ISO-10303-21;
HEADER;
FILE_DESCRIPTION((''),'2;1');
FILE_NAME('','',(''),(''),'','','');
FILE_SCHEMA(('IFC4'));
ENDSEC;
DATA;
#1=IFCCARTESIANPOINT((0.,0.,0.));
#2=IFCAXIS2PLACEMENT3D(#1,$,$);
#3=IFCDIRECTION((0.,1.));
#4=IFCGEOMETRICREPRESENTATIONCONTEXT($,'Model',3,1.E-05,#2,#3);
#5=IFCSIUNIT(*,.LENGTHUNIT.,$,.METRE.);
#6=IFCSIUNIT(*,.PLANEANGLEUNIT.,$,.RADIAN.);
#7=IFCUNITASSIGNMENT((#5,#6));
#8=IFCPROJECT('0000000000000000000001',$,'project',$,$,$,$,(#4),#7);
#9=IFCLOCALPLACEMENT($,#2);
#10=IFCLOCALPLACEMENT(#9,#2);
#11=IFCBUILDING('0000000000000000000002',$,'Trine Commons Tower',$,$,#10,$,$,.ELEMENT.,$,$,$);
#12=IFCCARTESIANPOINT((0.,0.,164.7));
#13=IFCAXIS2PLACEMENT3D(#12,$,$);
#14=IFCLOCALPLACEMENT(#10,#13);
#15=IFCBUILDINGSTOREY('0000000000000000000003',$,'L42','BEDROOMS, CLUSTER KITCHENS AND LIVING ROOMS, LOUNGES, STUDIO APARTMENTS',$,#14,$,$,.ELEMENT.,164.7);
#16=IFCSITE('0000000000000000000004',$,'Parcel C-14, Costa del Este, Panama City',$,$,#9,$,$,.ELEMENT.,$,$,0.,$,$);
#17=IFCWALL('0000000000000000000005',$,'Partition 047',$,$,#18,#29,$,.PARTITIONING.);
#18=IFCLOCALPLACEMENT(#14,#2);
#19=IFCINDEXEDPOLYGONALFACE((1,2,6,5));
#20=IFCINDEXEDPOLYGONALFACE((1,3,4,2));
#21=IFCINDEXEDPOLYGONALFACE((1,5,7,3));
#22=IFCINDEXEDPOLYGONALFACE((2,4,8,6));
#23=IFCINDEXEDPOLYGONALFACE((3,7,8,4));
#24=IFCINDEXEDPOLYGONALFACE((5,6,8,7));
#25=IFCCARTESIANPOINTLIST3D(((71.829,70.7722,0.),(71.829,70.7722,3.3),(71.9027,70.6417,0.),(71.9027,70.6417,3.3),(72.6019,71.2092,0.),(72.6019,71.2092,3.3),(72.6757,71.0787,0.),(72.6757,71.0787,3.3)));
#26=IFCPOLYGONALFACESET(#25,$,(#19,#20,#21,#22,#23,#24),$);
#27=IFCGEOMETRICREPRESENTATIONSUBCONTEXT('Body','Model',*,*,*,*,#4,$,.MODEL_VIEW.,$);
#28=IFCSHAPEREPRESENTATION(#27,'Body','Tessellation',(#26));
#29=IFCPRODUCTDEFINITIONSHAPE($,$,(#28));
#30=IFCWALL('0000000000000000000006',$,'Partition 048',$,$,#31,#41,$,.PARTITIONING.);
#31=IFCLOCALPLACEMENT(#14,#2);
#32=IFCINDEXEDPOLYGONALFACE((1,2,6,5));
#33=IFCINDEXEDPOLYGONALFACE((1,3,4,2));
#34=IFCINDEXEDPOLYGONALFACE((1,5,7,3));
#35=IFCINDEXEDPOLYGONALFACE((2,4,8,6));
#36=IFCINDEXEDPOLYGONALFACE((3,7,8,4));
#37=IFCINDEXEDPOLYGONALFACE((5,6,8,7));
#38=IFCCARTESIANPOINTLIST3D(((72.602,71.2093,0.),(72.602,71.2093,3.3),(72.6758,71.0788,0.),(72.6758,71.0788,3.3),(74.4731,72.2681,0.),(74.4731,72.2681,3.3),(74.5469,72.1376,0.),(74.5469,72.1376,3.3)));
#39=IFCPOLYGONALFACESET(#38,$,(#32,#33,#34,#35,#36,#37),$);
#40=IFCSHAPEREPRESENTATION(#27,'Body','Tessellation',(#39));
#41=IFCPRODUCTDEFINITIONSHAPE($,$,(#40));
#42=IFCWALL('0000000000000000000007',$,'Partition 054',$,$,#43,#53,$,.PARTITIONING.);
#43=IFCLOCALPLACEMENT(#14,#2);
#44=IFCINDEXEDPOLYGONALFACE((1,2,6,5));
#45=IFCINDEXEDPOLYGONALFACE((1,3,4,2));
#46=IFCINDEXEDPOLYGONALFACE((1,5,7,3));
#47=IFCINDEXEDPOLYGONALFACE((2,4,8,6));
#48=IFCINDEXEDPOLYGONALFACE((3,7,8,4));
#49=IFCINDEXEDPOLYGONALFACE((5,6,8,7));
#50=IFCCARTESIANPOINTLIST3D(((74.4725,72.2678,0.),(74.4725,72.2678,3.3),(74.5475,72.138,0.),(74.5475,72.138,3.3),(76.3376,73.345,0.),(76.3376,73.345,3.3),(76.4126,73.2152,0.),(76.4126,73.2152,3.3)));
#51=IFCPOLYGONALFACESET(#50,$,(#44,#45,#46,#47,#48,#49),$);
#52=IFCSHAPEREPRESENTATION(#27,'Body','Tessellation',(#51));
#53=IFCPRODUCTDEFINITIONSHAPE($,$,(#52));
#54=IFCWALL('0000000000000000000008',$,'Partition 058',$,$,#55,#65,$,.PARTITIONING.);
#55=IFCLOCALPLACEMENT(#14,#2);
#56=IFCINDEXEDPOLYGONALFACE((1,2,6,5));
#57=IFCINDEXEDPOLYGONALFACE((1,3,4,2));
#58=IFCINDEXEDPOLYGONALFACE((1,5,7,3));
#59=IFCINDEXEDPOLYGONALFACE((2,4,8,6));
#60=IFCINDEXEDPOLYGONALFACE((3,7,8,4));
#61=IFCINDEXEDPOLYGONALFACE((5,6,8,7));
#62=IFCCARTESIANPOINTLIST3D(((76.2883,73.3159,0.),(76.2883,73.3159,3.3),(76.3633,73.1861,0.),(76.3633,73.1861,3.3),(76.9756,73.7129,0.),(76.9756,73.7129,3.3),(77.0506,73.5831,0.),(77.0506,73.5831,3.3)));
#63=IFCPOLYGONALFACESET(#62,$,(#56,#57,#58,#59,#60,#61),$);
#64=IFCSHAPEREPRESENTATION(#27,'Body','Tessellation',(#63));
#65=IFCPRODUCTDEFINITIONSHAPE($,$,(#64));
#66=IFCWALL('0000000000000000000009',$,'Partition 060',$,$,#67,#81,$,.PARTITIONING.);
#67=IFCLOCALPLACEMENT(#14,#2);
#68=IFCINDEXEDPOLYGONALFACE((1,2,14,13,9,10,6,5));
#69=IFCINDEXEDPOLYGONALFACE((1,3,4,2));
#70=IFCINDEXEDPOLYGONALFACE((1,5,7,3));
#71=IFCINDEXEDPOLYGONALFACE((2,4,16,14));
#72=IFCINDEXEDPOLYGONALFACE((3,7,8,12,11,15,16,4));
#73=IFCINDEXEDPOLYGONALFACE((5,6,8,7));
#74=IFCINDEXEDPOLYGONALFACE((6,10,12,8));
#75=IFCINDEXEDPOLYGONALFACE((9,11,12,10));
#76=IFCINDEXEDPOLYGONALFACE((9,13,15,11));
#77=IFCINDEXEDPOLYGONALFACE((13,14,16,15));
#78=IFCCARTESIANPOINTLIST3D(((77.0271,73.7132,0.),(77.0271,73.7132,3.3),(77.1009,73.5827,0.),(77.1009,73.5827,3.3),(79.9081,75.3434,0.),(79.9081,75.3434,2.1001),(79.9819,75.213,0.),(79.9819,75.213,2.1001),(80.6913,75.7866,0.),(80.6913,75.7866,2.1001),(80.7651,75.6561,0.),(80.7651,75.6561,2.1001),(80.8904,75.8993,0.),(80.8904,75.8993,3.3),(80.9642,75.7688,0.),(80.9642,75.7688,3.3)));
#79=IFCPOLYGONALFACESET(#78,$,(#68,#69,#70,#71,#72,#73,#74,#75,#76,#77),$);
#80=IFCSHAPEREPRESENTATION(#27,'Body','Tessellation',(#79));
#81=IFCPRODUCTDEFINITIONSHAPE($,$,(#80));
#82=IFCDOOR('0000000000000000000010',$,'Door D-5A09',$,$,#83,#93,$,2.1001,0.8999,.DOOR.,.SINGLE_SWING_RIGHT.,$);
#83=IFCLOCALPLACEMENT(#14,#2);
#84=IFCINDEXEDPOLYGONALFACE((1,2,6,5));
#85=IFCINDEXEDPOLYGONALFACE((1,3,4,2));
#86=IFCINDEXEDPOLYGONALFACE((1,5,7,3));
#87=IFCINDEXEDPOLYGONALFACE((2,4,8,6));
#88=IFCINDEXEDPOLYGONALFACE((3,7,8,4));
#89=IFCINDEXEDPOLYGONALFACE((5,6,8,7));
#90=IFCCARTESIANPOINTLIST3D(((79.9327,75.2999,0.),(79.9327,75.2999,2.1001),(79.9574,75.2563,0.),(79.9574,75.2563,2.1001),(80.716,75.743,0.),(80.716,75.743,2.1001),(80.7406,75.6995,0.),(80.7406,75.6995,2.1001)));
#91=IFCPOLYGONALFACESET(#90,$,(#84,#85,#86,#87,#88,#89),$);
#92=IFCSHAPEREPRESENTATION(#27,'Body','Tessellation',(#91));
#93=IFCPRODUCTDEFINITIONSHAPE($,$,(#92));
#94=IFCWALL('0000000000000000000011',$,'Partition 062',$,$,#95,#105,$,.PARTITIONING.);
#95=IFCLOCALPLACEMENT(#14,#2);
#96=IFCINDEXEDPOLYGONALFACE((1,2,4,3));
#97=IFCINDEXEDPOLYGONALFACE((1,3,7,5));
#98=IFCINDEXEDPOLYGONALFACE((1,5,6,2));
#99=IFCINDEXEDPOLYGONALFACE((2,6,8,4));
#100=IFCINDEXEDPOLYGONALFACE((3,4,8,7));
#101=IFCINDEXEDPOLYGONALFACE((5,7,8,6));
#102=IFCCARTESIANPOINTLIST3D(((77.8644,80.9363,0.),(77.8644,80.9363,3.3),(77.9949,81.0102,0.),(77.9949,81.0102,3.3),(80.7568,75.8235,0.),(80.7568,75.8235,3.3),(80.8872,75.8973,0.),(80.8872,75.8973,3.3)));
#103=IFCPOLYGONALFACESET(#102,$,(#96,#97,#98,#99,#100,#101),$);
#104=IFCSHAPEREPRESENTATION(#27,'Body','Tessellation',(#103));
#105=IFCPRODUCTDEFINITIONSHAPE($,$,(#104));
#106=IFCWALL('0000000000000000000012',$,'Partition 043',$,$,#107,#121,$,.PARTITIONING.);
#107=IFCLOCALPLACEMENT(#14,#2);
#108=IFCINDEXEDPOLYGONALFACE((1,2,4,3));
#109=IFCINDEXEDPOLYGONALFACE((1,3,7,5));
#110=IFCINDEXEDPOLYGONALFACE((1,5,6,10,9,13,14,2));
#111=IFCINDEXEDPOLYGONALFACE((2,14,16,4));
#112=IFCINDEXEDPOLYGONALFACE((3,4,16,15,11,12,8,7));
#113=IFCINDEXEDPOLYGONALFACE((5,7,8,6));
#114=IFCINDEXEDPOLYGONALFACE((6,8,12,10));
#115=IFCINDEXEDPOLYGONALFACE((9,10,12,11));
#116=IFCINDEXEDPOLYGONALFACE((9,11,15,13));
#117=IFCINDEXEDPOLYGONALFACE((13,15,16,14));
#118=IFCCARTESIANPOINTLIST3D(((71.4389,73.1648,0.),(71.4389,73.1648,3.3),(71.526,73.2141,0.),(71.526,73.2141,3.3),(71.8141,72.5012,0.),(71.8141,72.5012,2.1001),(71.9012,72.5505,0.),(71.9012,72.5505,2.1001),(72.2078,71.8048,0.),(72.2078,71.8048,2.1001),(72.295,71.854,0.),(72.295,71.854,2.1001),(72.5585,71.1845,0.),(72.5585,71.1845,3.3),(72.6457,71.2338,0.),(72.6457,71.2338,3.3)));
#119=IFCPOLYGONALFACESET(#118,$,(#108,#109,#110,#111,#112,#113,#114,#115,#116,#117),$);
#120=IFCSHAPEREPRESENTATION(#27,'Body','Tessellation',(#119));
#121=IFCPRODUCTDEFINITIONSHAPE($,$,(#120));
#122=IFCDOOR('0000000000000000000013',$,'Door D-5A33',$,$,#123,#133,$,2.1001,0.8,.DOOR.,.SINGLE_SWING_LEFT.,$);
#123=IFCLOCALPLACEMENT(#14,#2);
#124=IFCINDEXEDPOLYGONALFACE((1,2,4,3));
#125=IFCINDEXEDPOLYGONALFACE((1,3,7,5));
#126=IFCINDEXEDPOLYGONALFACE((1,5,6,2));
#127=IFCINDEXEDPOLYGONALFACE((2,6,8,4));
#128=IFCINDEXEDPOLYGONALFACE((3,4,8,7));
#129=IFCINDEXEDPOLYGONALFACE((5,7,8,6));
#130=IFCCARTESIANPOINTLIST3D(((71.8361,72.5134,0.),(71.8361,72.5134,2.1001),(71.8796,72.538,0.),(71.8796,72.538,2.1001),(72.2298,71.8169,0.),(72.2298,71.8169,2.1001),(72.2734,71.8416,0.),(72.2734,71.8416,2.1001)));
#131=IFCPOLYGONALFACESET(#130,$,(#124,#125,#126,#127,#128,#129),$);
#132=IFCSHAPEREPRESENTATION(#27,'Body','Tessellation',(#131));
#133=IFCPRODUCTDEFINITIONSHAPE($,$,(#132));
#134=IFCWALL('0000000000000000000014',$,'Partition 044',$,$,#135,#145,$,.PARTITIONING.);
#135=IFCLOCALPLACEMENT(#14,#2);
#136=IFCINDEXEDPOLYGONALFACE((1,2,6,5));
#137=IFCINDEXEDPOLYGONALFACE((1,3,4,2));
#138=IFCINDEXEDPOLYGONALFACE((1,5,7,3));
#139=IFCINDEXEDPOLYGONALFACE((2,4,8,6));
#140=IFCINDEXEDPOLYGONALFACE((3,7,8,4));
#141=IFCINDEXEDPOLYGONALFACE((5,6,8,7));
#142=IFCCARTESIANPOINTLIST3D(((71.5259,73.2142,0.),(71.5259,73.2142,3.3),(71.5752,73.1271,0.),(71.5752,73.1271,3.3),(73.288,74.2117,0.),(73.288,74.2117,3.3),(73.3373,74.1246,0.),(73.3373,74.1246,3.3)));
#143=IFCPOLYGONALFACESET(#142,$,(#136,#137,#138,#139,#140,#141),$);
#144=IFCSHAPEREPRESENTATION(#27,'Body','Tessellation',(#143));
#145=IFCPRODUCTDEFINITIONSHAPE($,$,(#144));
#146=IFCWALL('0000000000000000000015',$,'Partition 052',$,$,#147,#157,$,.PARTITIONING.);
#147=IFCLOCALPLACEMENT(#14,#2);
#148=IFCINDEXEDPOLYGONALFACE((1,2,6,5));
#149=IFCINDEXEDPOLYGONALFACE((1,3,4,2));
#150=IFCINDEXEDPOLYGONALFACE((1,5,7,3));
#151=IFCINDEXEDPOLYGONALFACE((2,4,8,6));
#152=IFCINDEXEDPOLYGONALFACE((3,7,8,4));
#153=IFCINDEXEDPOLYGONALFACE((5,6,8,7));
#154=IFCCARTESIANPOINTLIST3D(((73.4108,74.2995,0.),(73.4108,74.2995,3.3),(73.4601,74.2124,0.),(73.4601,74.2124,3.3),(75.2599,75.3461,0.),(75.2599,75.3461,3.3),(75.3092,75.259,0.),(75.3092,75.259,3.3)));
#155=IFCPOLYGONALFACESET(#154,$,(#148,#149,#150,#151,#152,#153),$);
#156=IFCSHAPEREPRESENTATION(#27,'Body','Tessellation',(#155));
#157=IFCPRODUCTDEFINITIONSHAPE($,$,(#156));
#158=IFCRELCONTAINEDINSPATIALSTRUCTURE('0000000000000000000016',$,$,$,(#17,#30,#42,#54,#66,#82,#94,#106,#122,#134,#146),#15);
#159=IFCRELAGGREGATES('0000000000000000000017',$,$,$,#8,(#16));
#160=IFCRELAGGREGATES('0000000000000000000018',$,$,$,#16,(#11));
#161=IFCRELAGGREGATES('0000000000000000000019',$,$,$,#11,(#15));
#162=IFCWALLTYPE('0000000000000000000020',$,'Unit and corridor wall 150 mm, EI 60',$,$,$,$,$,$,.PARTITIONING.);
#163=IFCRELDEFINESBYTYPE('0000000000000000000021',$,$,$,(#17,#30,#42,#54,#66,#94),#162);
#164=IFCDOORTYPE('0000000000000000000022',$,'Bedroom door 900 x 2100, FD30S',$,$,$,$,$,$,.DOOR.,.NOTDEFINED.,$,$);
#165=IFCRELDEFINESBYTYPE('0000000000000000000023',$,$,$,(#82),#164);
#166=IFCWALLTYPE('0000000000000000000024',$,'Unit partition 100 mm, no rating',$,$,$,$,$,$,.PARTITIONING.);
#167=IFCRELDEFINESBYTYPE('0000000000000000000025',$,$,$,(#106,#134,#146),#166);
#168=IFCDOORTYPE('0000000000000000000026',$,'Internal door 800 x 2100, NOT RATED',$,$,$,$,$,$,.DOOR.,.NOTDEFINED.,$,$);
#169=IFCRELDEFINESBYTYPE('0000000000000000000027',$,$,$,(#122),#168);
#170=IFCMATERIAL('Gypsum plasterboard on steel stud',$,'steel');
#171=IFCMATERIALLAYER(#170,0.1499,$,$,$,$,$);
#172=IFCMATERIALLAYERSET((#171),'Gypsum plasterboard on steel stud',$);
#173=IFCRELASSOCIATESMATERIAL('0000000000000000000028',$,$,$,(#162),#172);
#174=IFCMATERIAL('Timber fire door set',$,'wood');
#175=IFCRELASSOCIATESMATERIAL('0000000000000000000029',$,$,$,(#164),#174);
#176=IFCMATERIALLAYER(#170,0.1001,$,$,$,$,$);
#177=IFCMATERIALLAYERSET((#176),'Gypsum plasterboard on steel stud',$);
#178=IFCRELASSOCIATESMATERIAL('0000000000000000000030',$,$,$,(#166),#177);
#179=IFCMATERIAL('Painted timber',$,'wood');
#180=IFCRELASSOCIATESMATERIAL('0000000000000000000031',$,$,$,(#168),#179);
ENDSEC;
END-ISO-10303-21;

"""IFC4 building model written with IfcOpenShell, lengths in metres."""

from ifc_helpers import new_model, si_unit, direction, frame, frame_2d, origin, place, context, subcontext, project, spatial, rectangle, extrude, material, layer, layer_set, type_object, element, fill, save


model = new_model("IFC4")

# Units and contexts
model_context = context("Model", 3, precision=1e-05, world=origin(), true_north=direction((0.0, 1.0)))
body_context = subcontext(model_context, "Body", "Model", "MODEL_VIEW")
ifc_project = project(units=[si_unit("LENGTHUNIT", "METRE"), si_unit("PLANEANGLEUNIT", "RADIAN")], contexts=[model_context])

# Site, building, storey
site_placement = place(None, origin())
site = spatial("IfcSite", under=ifc_project, at=site_placement, Name="Parcel C-14, Costa del Este, Panama City", CompositionType="ELEMENT", RefElevation=0.0)
building_placement = place(site_placement, origin())
building = spatial("IfcBuilding", under=site, at=building_placement, Name="Trine Commons Tower", CompositionType="ELEMENT")
storey_placement = place(building_placement, frame((0.0, 0.0, 164.7)))
storey = spatial("IfcBuildingStorey", under=building, at=storey_placement, Name="L42", Description="BEDROOMS, CLUSTER KITCHENS AND LIVING ROOMS, LOUNGES, STUDIO APARTMENTS", CompositionType="ELEMENT", Elevation=164.7)

# Walls
ifc_material_1 = material(Name="Gypsum plasterboard on steel stud", Category="steel")
ifc_layer_1 = layer(ifc_material_1, 0.1499)
ifc_layer_set_1 = layer_set([ifc_layer_1], Name="Gypsum plasterboard on steel stud")
wall_type_1 = type_object("IfcWallType", Name="Unit and corridor wall 150 mm, EI 60", PredefinedType="PARTITIONING", material=ifc_layer_set_1)
wall_1_placement = place(storey_placement, frame((71.866, 70.707, 0.0), z_axis=(0.0, 0.0, 1.0), x_axis=(0.870501, 0.492166, 0.0)))
element("IfcWall", 1, at=wall_1_placement, inside=storey, type_object=wall_type_1, Name="Partition 047", PredefinedType="PARTITIONING", context=body_context, shape_type="SweptSolid", body=[
    extrude(rectangle(XDim=0.8879, YDim=0.1499, at=frame_2d((0.4438, 0.0))), origin(), (0.0, 0.0, 1.0), 3.3),
])
wall_2_placement = place(storey_placement, frame((72.6389, 71.144, 0.0), z_axis=(0.0, 0.0, 1.0), x_axis=(0.870311, 0.492502, 0.0)))
element("IfcWall", 2, at=wall_2_placement, inside=storey, type_object=wall_type_1, Name="Partition 048", PredefinedType="PARTITIONING", context=body_context, shape_type="SweptSolid", body=[
    extrude(rectangle(XDim=2.1499, YDim=0.1499, at=frame_2d((1.075, 0.0))), origin(), (0.0, 0.0, 1.0), 3.3),
])
wall_3_placement = place(storey_placement, frame((74.51, 72.2029, 0.0), z_axis=(0.0, 0.0, 1.0), x_axis=(0.865946, 0.500138, 0.0)))
element("IfcWall", 3, at=wall_3_placement, inside=storey, type_object=wall_type_1, Name="Partition 054", PredefinedType="PARTITIONING", context=body_context, shape_type="SweptSolid", body=[
    extrude(rectangle(XDim=2.1538, YDim=0.1499, at=frame_2d((1.0769, 0.0))), origin(), (0.0, 0.0, 1.0), 3.3),
])
wall_4_placement = place(storey_placement, frame((76.3257, 73.251, 0.0), z_axis=(0.0, 0.0, 1.0), x_axis=(0.865924, 0.500175, 0.0)))
element("IfcWall", 4, at=wall_4_placement, inside=storey, type_object=wall_type_1, Name="Partition 058", PredefinedType="PARTITIONING", context=body_context, shape_type="SweptSolid", body=[
    extrude(rectangle(XDim=0.7937, YDim=0.1499, at=frame_2d((0.397, 0.0))), origin(), (0.0, 0.0, 1.0), 3.3),
])

# Wall, opening, door
wall_5_placement = place(storey_placement, frame((77.064, 73.6479, 0.0), z_axis=(0.0, 0.0, 1.0), x_axis=(0.870327, 0.492474, 0.0)))
wall_5 = element("IfcWall", 5, at=wall_5_placement, inside=storey, type_object=wall_type_1, Name="Partition 060", PredefinedType="PARTITIONING", context=body_context, shape_type="SweptSolid", body=[
    extrude(rectangle(XDim=4.439, YDim=0.1499, at=frame_2d((2.2195, 0.0))), origin(), (0.0, 0.0, 1.0), 3.3),
])
opening_1_placement = place(wall_5_placement, frame((3.3103, 0.0, 0.0)))
opening_1 = element("IfcOpeningElement", 6, at=opening_1_placement, cuts=wall_5, PredefinedType="OPENING", context=body_context, shape_type="SweptSolid", body=[
    extrude(rectangle(XDim=0.8999, YDim=2.1001, at=frame_2d((0.45, 1.05))), frame((0.0, 0.085, 0.0), z_axis=(0.0, -1.0, 0.0), x_axis=(1.0, 0.0, 0.0)), (0.0, 0.0, 1.0), 0.1699),
])
ifc_material_2 = material(Name="Timber fire door set", Category="wood")
door_type_1 = type_object("IfcDoorType", Name="Bedroom door 900 x 2100, FD30S", OperationType="NOTDEFINED", PredefinedType="DOOR", material=ifc_material_2)
door_1_placement = place(opening_1_placement, origin())
door_1 = element("IfcDoor", 7, at=door_1_placement, inside=storey, type_object=door_type_1, Name="Door D-5A09", OperationType="SINGLE_SWING_RIGHT", OverallHeight=2.1001, OverallWidth=0.8999, PredefinedType="DOOR", context=body_context, shape_type="SweptSolid", body=[
    extrude(rectangle(XDim=0.8999, YDim=2.1001, at=frame_2d((0.45, 1.05))), frame((0.0, 0.0249, 0.0), z_axis=(0.0, -1.0, 0.0), x_axis=(1.0, 0.0, 0.0)), (0.0, 0.0, 1.0), 0.05),
])
fill(opening_1, door_1)

# Wall
wall_6_placement = place(storey_placement, frame((77.9297, 80.9731, 0.0), z_axis=(0.0, 0.0, 1.0), x_axis=(0.492379, -0.870381, 0.0)))
element("IfcWall", 8, at=wall_6_placement, inside=storey, type_object=wall_type_1, Name="Partition 062", PredefinedType="PARTITIONING", context=body_context, shape_type="SweptSolid", body=[
    extrude(rectangle(XDim=5.8743, YDim=0.1499, at=frame_2d((2.937, 0.0))), origin(), (0.0, 0.0, 1.0), 3.3),
])

# Wall, opening, door
ifc_layer_2 = layer(ifc_material_1, 0.1001)
ifc_layer_set_2 = layer_set([ifc_layer_2], Name="Gypsum plasterboard on steel stud")
wall_type_2 = type_object("IfcWallType", Name="Unit partition 100 mm, no rating", PredefinedType="PARTITIONING", material=ifc_layer_set_2)
wall_7_placement = place(storey_placement, frame((71.4824, 73.1895, 0.0), z_axis=(0.0, 0.0, 1.0), x_axis=(0.492181, -0.870493, 0.0)))
wall_7 = element("IfcWall", 9, at=wall_7_placement, inside=storey, type_object=wall_type_2, Name="Partition 043", PredefinedType="PARTITIONING", context=body_context, shape_type="SweptSolid", body=[
    extrude(rectangle(XDim=2.2749, YDim=0.1001, at=frame_2d((1.1375, 0.0))), origin(), (0.0, 0.0, 1.0), 3.3),
])
opening_2_placement = place(wall_7_placement, frame((0.7625, 0.0, 0.0)))
opening_2 = element("IfcOpeningElement", 10, at=opening_2_placement, cuts=wall_7, PredefinedType="OPENING", context=body_context, shape_type="SweptSolid", body=[
    extrude(rectangle(XDim=0.8, YDim=2.1001, at=frame_2d((0.3999, 1.05))), frame((0.0, 0.0601, 0.0), z_axis=(0.0, -1.0, 0.0), x_axis=(1.0, 0.0, 0.0)), (0.0, 0.0, 1.0), 0.1201),
])
ifc_material_3 = material(Name="Painted timber", Category="wood")
door_type_2 = type_object("IfcDoorType", Name="Internal door 800 x 2100, NOT RATED", OperationType="NOTDEFINED", PredefinedType="DOOR", material=ifc_material_3)
door_2_placement = place(opening_2_placement, frame((0.8, 0.0, 0.0), z_axis=(0.0, 0.0, 1.0), x_axis=(-1.0, 0.0, 0.0)))
door_2 = element("IfcDoor", 11, at=door_2_placement, inside=storey, type_object=door_type_2, Name="Door D-5A33", OperationType="SINGLE_SWING_LEFT", OverallHeight=2.1001, OverallWidth=0.8, PredefinedType="DOOR", context=body_context, shape_type="SweptSolid", body=[
    extrude(rectangle(XDim=0.8, YDim=2.1001, at=frame_2d((0.3999, 1.05))), frame((0.0, 0.0249, 0.0), z_axis=(0.0, -1.0, 0.0), x_axis=(1.0, 0.0, 0.0)), (0.0, 0.0, 1.0), 0.05),
])
fill(opening_2, door_2)

# Walls
wall_8_placement = place(storey_placement, frame((71.5505, 73.1707, 0.0), z_axis=(0.0, 0.0, 1.0), x_axis=(0.870239, 0.492629, 0.0)))
element("IfcWall", 12, at=wall_8_placement, inside=storey, type_object=wall_type_2, Name="Partition 044", PredefinedType="PARTITIONING", context=body_context, shape_type="SweptSolid", body=[
    extrude(rectangle(XDim=2.0249, YDim=0.1001, at=frame_2d((1.0125, 0.0))), origin(), (0.0, 0.0, 1.0), 3.3),
])
wall_9_placement = place(storey_placement, frame((73.4353, 74.2559, 0.0), z_axis=(0.0, 0.0, 1.0), x_axis=(0.870265, 0.492583, 0.0)))
element("IfcWall", 13, at=wall_9_placement, inside=storey, type_object=wall_type_2, Name="Partition 052", PredefinedType="PARTITIONING", context=body_context, shape_type="SweptSolid", body=[
    extrude(rectangle(XDim=2.1248, YDim=0.1001, at=frame_2d((1.0625, 0.0))), origin(), (0.0, 0.0, 1.0), 3.3),
])

save(model, "model.ifc")
